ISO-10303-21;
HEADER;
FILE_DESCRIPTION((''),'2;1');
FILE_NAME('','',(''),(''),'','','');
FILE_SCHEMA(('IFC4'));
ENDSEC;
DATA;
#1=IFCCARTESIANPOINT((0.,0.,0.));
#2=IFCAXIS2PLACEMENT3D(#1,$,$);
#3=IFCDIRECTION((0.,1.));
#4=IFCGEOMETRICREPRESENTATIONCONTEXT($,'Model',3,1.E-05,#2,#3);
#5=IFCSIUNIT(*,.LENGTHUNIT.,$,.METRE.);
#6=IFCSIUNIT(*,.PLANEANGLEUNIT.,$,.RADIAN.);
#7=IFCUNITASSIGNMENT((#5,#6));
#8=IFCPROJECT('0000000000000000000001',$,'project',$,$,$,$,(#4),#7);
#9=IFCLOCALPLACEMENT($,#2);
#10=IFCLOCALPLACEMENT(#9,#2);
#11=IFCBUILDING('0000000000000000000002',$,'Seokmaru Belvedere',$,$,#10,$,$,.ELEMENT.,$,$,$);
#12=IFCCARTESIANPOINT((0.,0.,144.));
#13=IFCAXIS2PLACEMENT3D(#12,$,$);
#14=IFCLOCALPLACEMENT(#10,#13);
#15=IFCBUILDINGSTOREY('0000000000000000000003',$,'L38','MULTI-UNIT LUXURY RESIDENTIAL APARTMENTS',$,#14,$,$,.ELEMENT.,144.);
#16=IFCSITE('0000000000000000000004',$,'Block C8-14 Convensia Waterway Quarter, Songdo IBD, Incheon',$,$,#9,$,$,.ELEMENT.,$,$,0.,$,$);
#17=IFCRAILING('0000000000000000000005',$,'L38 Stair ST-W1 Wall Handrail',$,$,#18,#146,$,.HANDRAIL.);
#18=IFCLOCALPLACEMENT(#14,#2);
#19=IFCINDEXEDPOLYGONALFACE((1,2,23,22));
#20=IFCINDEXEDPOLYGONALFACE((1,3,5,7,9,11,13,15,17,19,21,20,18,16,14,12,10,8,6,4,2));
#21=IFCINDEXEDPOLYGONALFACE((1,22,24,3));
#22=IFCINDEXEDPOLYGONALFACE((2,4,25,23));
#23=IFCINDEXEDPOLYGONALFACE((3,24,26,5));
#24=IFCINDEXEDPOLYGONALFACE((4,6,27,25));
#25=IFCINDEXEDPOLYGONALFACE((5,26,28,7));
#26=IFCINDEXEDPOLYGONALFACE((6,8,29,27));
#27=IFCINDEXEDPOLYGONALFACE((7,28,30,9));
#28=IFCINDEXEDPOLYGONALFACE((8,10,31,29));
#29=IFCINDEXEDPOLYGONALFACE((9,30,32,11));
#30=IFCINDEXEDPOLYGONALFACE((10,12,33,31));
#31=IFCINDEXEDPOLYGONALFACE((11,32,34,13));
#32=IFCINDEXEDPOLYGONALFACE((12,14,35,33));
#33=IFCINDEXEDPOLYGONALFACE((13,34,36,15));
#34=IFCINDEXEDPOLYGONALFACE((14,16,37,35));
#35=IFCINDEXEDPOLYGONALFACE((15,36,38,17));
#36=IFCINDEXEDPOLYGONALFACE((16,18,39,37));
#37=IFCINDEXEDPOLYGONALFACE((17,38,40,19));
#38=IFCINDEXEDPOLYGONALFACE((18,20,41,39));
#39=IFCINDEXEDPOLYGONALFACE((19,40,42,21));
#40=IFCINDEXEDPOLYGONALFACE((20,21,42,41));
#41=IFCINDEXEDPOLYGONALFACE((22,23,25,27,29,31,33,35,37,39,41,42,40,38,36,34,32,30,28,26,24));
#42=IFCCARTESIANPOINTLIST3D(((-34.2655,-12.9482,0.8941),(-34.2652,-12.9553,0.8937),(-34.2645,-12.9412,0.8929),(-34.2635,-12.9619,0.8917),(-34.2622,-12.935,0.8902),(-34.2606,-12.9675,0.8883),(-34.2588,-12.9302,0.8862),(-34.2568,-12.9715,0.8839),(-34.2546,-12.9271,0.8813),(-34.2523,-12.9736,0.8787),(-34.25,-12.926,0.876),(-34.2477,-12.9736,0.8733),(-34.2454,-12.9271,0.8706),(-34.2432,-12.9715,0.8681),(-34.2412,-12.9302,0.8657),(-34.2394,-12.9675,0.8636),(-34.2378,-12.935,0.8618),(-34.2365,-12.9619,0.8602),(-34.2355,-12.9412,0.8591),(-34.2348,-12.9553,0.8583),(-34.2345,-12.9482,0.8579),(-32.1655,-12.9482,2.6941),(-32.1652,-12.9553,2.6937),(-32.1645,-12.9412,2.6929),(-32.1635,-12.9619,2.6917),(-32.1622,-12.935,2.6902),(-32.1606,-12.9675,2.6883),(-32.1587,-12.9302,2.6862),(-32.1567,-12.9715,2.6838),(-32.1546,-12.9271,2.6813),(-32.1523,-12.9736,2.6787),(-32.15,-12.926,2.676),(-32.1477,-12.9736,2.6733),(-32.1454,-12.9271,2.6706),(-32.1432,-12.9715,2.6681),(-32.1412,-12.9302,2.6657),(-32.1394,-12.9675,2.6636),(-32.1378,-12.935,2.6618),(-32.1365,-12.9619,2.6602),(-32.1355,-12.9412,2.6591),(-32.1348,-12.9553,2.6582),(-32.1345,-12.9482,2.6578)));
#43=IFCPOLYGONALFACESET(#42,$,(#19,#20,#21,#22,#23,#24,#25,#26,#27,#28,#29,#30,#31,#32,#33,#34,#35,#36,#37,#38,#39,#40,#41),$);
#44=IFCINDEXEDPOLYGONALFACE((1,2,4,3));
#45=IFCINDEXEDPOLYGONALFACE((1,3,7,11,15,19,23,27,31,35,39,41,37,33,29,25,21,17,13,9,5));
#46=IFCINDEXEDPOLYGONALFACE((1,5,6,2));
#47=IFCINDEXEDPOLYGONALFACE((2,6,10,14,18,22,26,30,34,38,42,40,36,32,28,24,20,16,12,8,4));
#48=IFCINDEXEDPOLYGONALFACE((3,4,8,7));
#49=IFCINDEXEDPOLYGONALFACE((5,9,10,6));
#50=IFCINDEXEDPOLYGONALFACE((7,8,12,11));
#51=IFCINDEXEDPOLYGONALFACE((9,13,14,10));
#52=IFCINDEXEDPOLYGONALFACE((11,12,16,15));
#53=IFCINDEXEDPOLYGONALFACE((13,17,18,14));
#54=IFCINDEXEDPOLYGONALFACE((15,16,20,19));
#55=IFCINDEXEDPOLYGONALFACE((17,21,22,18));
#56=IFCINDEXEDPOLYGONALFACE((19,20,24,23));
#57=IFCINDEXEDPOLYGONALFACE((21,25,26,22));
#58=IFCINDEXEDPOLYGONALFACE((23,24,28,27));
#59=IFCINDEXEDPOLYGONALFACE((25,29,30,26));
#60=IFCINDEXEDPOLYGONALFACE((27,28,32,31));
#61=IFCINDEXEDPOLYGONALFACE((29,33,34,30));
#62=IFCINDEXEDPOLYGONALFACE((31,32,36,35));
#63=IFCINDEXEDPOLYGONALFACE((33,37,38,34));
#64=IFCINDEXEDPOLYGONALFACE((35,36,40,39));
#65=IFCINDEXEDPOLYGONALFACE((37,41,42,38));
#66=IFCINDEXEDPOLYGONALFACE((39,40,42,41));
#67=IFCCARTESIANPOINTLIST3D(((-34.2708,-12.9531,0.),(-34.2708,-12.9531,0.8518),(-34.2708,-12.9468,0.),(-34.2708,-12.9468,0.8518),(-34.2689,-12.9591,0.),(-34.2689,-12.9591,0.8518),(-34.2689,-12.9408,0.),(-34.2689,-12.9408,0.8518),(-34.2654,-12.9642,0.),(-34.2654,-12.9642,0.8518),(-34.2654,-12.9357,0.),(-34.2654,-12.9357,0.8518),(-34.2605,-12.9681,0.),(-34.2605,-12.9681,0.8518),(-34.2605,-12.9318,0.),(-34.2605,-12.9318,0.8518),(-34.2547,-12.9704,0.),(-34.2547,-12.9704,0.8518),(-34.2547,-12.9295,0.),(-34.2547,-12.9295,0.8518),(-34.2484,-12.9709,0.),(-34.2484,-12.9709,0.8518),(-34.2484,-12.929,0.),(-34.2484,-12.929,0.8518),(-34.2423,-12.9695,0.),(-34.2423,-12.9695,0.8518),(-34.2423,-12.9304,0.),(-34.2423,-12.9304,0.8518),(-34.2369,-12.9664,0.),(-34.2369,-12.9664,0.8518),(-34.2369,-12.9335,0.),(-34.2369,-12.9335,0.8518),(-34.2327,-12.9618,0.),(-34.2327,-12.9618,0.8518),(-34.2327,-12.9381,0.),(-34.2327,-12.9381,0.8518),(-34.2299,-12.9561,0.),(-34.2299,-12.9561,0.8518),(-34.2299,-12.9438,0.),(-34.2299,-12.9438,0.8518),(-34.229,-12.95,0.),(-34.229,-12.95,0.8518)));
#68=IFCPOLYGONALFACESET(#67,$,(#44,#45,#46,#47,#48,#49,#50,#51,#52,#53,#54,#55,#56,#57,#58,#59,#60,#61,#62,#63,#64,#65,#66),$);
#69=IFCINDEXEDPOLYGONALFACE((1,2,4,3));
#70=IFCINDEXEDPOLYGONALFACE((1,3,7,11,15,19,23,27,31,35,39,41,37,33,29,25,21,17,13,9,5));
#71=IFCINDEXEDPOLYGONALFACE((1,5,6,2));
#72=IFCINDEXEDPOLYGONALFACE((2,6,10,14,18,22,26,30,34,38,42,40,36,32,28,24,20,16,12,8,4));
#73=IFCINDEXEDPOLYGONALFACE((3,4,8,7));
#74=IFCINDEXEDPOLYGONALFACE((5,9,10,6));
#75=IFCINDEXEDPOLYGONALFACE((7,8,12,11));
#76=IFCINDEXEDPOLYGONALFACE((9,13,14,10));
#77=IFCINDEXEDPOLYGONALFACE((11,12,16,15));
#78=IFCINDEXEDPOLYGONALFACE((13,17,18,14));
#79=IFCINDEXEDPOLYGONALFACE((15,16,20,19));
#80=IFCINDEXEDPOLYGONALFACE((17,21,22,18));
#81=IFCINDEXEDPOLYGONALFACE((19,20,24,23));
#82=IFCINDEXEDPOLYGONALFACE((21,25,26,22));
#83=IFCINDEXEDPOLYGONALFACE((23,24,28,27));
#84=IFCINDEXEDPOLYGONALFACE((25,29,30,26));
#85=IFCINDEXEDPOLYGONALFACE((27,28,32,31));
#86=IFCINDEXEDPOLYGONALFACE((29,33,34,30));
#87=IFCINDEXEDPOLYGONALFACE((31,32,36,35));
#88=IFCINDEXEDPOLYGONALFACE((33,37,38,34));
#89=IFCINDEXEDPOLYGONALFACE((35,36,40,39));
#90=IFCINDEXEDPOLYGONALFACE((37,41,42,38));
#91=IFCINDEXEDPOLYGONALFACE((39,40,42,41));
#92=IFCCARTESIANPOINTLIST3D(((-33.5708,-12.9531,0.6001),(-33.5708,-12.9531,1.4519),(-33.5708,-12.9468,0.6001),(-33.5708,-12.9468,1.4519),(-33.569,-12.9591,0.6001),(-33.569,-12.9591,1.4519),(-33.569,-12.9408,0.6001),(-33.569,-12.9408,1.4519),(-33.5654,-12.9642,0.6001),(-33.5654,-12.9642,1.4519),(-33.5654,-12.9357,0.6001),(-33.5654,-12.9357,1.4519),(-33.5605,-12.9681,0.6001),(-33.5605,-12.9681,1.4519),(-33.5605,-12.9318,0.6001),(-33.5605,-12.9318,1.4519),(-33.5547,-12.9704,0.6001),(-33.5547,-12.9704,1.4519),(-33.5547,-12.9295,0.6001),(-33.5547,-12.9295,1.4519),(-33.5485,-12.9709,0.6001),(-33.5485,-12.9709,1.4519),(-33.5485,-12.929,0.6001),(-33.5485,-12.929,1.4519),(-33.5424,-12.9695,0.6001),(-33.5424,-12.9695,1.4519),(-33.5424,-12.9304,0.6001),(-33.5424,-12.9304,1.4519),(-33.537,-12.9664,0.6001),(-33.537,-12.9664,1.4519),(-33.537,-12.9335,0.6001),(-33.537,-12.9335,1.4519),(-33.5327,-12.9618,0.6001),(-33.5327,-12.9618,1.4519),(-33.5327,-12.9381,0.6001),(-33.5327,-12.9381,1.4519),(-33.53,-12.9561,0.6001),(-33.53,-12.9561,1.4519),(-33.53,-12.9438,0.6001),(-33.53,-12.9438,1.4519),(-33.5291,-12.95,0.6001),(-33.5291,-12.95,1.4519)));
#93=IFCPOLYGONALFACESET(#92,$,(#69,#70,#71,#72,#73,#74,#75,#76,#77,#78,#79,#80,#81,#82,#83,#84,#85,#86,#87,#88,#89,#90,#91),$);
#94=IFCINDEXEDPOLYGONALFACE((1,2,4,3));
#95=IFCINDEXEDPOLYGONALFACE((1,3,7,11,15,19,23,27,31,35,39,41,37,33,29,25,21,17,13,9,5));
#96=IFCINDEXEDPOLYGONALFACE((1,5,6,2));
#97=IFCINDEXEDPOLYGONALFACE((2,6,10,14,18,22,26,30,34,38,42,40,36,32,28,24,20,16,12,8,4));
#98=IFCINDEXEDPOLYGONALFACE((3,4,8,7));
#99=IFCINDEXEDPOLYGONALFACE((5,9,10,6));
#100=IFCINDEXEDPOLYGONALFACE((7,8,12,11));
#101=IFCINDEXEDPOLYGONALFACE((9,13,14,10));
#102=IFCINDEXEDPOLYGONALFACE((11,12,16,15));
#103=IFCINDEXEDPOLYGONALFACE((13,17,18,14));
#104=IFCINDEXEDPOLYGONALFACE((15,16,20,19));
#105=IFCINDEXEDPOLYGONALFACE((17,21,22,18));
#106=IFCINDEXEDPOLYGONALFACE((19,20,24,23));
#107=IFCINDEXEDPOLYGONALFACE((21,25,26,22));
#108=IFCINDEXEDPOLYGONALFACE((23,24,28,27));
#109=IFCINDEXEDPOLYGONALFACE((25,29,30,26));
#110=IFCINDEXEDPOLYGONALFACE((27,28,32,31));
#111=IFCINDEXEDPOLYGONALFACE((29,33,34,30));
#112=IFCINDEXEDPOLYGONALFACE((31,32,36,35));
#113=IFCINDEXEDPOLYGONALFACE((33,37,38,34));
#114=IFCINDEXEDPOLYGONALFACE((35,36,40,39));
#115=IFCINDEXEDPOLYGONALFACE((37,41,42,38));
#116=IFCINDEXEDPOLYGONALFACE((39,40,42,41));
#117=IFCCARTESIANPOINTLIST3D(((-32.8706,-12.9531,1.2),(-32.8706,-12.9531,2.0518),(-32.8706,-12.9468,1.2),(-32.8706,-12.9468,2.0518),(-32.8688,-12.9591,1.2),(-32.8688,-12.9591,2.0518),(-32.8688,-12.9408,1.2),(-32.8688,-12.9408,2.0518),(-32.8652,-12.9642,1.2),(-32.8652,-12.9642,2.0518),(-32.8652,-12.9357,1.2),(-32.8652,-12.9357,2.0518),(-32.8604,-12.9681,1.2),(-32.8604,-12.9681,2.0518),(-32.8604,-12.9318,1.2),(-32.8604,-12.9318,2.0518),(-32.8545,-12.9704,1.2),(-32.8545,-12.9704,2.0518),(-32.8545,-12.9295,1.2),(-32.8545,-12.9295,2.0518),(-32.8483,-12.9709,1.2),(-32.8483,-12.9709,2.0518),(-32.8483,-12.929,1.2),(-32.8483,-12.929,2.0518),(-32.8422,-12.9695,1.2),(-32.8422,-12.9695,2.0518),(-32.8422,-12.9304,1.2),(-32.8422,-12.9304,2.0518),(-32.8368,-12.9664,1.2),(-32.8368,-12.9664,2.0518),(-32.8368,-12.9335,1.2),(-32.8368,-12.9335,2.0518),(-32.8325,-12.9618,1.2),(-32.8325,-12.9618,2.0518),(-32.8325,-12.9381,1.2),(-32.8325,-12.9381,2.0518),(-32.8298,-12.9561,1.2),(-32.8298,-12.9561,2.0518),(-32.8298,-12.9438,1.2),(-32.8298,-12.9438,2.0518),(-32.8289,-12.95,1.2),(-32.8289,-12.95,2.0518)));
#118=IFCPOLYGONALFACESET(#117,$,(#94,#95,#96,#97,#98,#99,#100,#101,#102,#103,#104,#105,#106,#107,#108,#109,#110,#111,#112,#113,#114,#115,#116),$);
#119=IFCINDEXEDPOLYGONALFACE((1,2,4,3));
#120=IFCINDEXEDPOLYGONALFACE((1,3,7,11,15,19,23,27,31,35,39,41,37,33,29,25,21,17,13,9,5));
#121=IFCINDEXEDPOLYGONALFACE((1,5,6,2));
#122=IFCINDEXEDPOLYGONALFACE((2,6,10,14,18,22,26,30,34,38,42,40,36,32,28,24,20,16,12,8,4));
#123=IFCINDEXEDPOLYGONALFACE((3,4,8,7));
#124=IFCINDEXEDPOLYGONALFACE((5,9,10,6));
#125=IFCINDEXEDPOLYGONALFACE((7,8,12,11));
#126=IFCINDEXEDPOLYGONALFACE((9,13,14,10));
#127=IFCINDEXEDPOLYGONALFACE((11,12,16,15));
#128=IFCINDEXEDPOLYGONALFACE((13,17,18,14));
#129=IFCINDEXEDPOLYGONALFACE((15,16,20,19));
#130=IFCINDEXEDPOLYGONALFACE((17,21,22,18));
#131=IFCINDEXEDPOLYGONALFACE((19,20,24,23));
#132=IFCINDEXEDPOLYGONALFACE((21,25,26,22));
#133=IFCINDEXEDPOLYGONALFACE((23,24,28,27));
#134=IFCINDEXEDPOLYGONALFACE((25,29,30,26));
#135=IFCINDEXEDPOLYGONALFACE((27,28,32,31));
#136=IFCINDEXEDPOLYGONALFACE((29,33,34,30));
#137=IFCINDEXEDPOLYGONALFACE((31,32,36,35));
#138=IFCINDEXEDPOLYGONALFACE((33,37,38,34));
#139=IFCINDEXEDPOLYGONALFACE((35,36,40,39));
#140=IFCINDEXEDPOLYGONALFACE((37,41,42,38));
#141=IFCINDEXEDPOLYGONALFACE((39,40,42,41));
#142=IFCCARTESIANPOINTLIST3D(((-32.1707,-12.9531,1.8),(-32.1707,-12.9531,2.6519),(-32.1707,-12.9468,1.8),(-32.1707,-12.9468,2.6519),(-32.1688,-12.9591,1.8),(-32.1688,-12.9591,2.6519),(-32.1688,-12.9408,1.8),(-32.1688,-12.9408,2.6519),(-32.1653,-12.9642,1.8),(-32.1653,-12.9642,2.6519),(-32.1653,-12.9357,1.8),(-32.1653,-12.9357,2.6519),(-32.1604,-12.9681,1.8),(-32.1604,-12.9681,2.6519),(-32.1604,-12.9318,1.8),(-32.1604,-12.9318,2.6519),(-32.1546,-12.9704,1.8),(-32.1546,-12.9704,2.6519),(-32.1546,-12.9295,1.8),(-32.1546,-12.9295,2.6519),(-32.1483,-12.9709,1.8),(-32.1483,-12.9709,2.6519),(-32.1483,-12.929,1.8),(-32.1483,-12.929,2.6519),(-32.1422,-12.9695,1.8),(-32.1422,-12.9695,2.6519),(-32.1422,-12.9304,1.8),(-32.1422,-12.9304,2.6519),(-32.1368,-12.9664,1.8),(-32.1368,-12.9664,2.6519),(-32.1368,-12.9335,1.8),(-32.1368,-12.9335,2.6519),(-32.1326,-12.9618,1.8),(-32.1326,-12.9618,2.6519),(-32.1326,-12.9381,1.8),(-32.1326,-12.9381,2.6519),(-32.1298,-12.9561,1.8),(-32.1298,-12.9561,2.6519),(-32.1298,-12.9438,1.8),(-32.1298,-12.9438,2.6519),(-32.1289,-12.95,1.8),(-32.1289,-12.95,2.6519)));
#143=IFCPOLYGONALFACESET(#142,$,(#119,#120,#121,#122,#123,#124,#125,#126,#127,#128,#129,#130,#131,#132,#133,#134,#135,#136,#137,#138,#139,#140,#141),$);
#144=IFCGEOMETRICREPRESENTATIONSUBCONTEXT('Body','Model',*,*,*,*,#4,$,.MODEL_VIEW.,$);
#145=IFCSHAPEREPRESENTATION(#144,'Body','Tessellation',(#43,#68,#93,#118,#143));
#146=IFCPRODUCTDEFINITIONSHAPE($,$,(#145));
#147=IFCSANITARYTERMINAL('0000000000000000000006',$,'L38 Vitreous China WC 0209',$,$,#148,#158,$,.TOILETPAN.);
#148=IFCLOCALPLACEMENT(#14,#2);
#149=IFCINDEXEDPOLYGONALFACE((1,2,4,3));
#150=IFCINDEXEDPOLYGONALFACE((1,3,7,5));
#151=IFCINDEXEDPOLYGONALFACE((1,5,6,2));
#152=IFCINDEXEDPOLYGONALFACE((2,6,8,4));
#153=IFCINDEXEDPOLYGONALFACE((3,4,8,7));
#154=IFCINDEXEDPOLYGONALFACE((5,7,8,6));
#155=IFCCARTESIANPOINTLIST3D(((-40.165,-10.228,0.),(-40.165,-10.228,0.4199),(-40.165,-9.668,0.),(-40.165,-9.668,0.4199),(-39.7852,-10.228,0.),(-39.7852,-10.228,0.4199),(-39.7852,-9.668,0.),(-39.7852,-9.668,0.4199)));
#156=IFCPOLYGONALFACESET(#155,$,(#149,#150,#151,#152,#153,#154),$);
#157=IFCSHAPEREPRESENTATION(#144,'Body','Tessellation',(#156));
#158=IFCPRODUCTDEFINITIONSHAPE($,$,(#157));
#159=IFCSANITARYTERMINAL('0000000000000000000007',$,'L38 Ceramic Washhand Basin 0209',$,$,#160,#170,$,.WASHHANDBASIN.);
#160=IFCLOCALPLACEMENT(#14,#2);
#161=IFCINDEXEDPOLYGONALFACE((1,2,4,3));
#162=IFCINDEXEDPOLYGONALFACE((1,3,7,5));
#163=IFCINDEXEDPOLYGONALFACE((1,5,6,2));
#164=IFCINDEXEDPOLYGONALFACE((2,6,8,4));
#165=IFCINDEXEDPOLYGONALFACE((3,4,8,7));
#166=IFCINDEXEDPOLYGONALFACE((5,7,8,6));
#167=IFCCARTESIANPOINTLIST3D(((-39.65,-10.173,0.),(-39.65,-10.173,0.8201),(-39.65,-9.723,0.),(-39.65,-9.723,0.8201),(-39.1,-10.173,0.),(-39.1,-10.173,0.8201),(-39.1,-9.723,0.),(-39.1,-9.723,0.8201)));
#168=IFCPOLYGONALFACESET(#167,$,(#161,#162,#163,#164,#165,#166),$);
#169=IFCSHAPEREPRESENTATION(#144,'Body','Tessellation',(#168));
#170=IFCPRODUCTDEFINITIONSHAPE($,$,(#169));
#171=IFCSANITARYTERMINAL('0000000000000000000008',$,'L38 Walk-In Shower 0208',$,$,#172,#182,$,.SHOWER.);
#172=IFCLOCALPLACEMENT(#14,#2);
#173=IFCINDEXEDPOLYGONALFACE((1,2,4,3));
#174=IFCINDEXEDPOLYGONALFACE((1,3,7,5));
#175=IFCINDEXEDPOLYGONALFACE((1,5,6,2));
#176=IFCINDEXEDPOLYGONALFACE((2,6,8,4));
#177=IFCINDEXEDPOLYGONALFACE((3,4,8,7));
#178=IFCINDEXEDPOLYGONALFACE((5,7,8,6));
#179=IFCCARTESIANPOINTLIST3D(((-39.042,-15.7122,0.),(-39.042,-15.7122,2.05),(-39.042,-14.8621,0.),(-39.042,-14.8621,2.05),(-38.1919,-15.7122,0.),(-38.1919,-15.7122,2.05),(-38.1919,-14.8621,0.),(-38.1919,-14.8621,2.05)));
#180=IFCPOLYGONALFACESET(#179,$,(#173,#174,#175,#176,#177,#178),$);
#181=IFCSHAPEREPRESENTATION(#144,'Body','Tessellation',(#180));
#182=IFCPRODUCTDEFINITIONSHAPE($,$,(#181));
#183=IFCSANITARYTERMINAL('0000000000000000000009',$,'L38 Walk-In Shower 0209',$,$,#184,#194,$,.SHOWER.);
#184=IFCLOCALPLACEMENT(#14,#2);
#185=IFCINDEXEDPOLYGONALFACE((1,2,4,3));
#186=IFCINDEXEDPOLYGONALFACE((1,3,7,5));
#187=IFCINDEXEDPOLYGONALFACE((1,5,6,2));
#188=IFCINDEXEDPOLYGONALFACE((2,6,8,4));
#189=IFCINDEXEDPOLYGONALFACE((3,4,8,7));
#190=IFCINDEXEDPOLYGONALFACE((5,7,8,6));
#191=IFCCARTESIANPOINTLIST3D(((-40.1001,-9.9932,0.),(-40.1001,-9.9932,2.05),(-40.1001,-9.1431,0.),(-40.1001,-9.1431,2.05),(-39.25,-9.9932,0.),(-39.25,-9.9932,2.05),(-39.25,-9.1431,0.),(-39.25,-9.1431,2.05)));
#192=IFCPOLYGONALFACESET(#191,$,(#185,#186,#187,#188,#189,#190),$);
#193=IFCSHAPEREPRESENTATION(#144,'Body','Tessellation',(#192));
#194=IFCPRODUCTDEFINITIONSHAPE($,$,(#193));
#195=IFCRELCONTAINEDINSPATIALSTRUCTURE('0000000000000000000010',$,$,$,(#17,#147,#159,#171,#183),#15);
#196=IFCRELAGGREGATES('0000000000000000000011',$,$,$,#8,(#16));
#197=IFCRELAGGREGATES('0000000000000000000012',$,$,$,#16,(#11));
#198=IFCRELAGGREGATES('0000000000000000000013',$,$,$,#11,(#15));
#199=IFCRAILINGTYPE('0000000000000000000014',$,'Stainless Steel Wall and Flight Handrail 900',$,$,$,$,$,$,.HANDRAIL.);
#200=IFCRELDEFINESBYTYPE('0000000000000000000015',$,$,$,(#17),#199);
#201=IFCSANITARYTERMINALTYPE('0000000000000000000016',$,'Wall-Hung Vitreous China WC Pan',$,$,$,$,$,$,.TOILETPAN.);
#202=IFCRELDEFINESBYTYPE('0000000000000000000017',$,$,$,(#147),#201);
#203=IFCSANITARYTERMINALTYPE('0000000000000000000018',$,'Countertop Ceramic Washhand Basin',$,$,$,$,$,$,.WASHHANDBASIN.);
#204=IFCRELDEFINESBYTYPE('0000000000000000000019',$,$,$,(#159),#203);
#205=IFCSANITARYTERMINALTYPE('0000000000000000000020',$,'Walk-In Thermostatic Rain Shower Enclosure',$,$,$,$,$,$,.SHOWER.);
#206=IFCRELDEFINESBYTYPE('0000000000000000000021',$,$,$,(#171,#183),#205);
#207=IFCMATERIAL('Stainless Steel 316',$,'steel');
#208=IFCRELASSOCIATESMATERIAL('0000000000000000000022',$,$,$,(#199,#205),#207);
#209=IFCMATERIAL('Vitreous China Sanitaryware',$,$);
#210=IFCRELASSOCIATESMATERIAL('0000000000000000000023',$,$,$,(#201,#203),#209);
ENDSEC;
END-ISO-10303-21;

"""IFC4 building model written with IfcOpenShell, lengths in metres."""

from ifc_helpers import new_model, si_unit, direction, frame, origin, origin_2d, place, context, subcontext, project, spatial, rectangle, circle, extrude, source, transform, mapped, material, type_object, type_shapes, element, save


model = new_model("IFC4")

# Units and contexts
model_context = context("Model", 3, precision=1e-05, world=origin(), true_north=direction((0.0, 1.0)))
body_context = subcontext(model_context, "Body", "Model", "MODEL_VIEW")
ifc_project = project(units=[si_unit("LENGTHUNIT", "METRE"), si_unit("PLANEANGLEUNIT", "RADIAN")], contexts=[model_context])

# Site, building, storey
site_placement = place(None, origin())
site = spatial("IfcSite", under=ifc_project, at=site_placement, Name="Block C8-14 Convensia Waterway Quarter, Songdo IBD, Incheon", CompositionType="ELEMENT", RefElevation=0.0)
building_placement = place(site_placement, origin())
building = spatial("IfcBuilding", under=site, at=building_placement, Name="Seokmaru Belvedere", CompositionType="ELEMENT")
storey_placement = place(building_placement, frame((0.0, 0.0, 144.0)))
storey = spatial("IfcBuildingStorey", under=building, at=storey_placement, Name="L38", Description="MULTI-UNIT LUXURY RESIDENTIAL APARTMENTS", CompositionType="ELEMENT", Elevation=144.0)

# Shared definitions
ifc_material_1 = material(Name="Stainless Steel 316", Category="steel")

# Railing
railing_type_1 = type_object("IfcRailingType", Name="Stainless Steel Wall and Flight Handrail 900", PredefinedType="HANDRAIL", material=ifc_material_1)
railing_1_placement = place(storey_placement, frame((-34.25, -12.95, 0.0)))
element("IfcRailing", 1, at=railing_1_placement, inside=storey, type_object=railing_type_1, Name="L38 Stair ST-W1 Wall Handrail", PredefinedType="HANDRAIL", context=body_context, shape_type="SweptSolid", body=[
    extrude(circle(Radius=0.0239, at=origin_2d()), frame((0.0, 0.0, 0.876), z_axis=(0.759263, 0.0, 0.650784), x_axis=(0.0, 1.0, 0.0)), (0.0, 0.0, 1.0), 2.7659),
    extrude(circle(Radius=0.021, at=origin_2d()), origin(), (0.0, 0.0, 1.0), 0.8518),
    extrude(circle(Radius=0.021, at=origin_2d()), frame((0.7, 0.0, 0.6001)), (0.0, 0.0, 1.0), 0.8518),
    extrude(circle(Radius=0.021, at=origin_2d()), frame((1.4001, 0.0, 1.2)), (0.0, 0.0, 1.0), 0.8518),
    extrude(circle(Radius=0.021, at=origin_2d()), frame((2.1001, 0.0, 1.8)), (0.0, 0.0, 1.0), 0.8518),
])

# Sanitary terminals
ifc_material_2 = material(Name="Vitreous China Sanitaryware")
sanitary_terminal_type_1 = type_object("IfcSanitaryTerminalType", Name="Wall-Hung Vitreous China WC Pan", PredefinedType="TOILETPAN", material=ifc_material_2)
shared_shape_1 = source(origin(), body_context, "Body", "SweptSolid", [
    extrude(rectangle(XDim=0.3799, YDim=0.5601, at=origin_2d()), origin(), (0.0, 0.0, 1.0), 0.4199),
])
type_shapes(sanitary_terminal_type_1, [shared_shape_1])
sanitary_terminal_1_placement = place(storey_placement, frame((-39.9751, -9.948, 0.0), z_axis=(0.0, 0.0, 1.0), x_axis=(1.0, 0.0, 0.0)))
element("IfcSanitaryTerminal", 2, at=sanitary_terminal_1_placement, inside=storey, type_object=sanitary_terminal_type_1, Name="L38 Vitreous China WC 0209", PredefinedType="TOILETPAN", context=body_context, shape_type="MappedRepresentation", body=[
    mapped(shared_shape_1, transform((0.0, 0.0, 0.0), scale=1.0)),
])
sanitary_terminal_type_2 = type_object("IfcSanitaryTerminalType", Name="Countertop Ceramic Washhand Basin", PredefinedType="WASHHANDBASIN", material=ifc_material_2)
shared_shape_2 = source(origin(), body_context, "Body", "SweptSolid", [
    extrude(rectangle(XDim=0.55, YDim=0.45, at=origin_2d()), origin(), (0.0, 0.0, 1.0), 0.8201),
])
type_shapes(sanitary_terminal_type_2, [shared_shape_2])
sanitary_terminal_2_placement = place(storey_placement, frame((-39.375, -9.948, 0.0), z_axis=(0.0, 0.0, 1.0), x_axis=(1.0, 0.0, 0.0)))
element("IfcSanitaryTerminal", 3, at=sanitary_terminal_2_placement, inside=storey, type_object=sanitary_terminal_type_2, Name="L38 Ceramic Washhand Basin 0209", PredefinedType="WASHHANDBASIN", context=body_context, shape_type="MappedRepresentation", body=[
    mapped(shared_shape_2, transform((0.0, 0.0, 0.0), scale=1.0)),
])
sanitary_terminal_type_3 = type_object("IfcSanitaryTerminalType", Name="Walk-In Thermostatic Rain Shower Enclosure", PredefinedType="SHOWER", material=ifc_material_1)
shared_shape_3 = source(origin(), body_context, "Body", "SweptSolid", [
    extrude(rectangle(XDim=0.8501, YDim=0.8501, at=origin_2d()), origin(), (0.0, 0.0, 1.0), 2.05),
])
type_shapes(sanitary_terminal_type_3, [shared_shape_3])
for number, where, z_axis, x_axis, name in (
    (4, (-38.6169, -15.2871, 0.0), (0.0, 0.0, 1.0), (1.0, 0.0, 0.0), "L38 Walk-In Shower 0208"),
    (5, (-39.675, -9.5681, 0.0), (0.0, 0.0, 1.0), (1.0, 0.0, 0.0), "L38 Walk-In Shower 0209"),
):
    element("IfcSanitaryTerminal", number, at=place(storey_placement, frame(where, z_axis=z_axis, x_axis=x_axis)), inside=storey, type_object=sanitary_terminal_type_3, Name=name, PredefinedType="SHOWER", context=body_context, shape_type="MappedRepresentation", body=[
        mapped(shared_shape_3, transform((0.0, 0.0, 0.0), scale=1.0)),
    ])

save(model, "model.ifc")
